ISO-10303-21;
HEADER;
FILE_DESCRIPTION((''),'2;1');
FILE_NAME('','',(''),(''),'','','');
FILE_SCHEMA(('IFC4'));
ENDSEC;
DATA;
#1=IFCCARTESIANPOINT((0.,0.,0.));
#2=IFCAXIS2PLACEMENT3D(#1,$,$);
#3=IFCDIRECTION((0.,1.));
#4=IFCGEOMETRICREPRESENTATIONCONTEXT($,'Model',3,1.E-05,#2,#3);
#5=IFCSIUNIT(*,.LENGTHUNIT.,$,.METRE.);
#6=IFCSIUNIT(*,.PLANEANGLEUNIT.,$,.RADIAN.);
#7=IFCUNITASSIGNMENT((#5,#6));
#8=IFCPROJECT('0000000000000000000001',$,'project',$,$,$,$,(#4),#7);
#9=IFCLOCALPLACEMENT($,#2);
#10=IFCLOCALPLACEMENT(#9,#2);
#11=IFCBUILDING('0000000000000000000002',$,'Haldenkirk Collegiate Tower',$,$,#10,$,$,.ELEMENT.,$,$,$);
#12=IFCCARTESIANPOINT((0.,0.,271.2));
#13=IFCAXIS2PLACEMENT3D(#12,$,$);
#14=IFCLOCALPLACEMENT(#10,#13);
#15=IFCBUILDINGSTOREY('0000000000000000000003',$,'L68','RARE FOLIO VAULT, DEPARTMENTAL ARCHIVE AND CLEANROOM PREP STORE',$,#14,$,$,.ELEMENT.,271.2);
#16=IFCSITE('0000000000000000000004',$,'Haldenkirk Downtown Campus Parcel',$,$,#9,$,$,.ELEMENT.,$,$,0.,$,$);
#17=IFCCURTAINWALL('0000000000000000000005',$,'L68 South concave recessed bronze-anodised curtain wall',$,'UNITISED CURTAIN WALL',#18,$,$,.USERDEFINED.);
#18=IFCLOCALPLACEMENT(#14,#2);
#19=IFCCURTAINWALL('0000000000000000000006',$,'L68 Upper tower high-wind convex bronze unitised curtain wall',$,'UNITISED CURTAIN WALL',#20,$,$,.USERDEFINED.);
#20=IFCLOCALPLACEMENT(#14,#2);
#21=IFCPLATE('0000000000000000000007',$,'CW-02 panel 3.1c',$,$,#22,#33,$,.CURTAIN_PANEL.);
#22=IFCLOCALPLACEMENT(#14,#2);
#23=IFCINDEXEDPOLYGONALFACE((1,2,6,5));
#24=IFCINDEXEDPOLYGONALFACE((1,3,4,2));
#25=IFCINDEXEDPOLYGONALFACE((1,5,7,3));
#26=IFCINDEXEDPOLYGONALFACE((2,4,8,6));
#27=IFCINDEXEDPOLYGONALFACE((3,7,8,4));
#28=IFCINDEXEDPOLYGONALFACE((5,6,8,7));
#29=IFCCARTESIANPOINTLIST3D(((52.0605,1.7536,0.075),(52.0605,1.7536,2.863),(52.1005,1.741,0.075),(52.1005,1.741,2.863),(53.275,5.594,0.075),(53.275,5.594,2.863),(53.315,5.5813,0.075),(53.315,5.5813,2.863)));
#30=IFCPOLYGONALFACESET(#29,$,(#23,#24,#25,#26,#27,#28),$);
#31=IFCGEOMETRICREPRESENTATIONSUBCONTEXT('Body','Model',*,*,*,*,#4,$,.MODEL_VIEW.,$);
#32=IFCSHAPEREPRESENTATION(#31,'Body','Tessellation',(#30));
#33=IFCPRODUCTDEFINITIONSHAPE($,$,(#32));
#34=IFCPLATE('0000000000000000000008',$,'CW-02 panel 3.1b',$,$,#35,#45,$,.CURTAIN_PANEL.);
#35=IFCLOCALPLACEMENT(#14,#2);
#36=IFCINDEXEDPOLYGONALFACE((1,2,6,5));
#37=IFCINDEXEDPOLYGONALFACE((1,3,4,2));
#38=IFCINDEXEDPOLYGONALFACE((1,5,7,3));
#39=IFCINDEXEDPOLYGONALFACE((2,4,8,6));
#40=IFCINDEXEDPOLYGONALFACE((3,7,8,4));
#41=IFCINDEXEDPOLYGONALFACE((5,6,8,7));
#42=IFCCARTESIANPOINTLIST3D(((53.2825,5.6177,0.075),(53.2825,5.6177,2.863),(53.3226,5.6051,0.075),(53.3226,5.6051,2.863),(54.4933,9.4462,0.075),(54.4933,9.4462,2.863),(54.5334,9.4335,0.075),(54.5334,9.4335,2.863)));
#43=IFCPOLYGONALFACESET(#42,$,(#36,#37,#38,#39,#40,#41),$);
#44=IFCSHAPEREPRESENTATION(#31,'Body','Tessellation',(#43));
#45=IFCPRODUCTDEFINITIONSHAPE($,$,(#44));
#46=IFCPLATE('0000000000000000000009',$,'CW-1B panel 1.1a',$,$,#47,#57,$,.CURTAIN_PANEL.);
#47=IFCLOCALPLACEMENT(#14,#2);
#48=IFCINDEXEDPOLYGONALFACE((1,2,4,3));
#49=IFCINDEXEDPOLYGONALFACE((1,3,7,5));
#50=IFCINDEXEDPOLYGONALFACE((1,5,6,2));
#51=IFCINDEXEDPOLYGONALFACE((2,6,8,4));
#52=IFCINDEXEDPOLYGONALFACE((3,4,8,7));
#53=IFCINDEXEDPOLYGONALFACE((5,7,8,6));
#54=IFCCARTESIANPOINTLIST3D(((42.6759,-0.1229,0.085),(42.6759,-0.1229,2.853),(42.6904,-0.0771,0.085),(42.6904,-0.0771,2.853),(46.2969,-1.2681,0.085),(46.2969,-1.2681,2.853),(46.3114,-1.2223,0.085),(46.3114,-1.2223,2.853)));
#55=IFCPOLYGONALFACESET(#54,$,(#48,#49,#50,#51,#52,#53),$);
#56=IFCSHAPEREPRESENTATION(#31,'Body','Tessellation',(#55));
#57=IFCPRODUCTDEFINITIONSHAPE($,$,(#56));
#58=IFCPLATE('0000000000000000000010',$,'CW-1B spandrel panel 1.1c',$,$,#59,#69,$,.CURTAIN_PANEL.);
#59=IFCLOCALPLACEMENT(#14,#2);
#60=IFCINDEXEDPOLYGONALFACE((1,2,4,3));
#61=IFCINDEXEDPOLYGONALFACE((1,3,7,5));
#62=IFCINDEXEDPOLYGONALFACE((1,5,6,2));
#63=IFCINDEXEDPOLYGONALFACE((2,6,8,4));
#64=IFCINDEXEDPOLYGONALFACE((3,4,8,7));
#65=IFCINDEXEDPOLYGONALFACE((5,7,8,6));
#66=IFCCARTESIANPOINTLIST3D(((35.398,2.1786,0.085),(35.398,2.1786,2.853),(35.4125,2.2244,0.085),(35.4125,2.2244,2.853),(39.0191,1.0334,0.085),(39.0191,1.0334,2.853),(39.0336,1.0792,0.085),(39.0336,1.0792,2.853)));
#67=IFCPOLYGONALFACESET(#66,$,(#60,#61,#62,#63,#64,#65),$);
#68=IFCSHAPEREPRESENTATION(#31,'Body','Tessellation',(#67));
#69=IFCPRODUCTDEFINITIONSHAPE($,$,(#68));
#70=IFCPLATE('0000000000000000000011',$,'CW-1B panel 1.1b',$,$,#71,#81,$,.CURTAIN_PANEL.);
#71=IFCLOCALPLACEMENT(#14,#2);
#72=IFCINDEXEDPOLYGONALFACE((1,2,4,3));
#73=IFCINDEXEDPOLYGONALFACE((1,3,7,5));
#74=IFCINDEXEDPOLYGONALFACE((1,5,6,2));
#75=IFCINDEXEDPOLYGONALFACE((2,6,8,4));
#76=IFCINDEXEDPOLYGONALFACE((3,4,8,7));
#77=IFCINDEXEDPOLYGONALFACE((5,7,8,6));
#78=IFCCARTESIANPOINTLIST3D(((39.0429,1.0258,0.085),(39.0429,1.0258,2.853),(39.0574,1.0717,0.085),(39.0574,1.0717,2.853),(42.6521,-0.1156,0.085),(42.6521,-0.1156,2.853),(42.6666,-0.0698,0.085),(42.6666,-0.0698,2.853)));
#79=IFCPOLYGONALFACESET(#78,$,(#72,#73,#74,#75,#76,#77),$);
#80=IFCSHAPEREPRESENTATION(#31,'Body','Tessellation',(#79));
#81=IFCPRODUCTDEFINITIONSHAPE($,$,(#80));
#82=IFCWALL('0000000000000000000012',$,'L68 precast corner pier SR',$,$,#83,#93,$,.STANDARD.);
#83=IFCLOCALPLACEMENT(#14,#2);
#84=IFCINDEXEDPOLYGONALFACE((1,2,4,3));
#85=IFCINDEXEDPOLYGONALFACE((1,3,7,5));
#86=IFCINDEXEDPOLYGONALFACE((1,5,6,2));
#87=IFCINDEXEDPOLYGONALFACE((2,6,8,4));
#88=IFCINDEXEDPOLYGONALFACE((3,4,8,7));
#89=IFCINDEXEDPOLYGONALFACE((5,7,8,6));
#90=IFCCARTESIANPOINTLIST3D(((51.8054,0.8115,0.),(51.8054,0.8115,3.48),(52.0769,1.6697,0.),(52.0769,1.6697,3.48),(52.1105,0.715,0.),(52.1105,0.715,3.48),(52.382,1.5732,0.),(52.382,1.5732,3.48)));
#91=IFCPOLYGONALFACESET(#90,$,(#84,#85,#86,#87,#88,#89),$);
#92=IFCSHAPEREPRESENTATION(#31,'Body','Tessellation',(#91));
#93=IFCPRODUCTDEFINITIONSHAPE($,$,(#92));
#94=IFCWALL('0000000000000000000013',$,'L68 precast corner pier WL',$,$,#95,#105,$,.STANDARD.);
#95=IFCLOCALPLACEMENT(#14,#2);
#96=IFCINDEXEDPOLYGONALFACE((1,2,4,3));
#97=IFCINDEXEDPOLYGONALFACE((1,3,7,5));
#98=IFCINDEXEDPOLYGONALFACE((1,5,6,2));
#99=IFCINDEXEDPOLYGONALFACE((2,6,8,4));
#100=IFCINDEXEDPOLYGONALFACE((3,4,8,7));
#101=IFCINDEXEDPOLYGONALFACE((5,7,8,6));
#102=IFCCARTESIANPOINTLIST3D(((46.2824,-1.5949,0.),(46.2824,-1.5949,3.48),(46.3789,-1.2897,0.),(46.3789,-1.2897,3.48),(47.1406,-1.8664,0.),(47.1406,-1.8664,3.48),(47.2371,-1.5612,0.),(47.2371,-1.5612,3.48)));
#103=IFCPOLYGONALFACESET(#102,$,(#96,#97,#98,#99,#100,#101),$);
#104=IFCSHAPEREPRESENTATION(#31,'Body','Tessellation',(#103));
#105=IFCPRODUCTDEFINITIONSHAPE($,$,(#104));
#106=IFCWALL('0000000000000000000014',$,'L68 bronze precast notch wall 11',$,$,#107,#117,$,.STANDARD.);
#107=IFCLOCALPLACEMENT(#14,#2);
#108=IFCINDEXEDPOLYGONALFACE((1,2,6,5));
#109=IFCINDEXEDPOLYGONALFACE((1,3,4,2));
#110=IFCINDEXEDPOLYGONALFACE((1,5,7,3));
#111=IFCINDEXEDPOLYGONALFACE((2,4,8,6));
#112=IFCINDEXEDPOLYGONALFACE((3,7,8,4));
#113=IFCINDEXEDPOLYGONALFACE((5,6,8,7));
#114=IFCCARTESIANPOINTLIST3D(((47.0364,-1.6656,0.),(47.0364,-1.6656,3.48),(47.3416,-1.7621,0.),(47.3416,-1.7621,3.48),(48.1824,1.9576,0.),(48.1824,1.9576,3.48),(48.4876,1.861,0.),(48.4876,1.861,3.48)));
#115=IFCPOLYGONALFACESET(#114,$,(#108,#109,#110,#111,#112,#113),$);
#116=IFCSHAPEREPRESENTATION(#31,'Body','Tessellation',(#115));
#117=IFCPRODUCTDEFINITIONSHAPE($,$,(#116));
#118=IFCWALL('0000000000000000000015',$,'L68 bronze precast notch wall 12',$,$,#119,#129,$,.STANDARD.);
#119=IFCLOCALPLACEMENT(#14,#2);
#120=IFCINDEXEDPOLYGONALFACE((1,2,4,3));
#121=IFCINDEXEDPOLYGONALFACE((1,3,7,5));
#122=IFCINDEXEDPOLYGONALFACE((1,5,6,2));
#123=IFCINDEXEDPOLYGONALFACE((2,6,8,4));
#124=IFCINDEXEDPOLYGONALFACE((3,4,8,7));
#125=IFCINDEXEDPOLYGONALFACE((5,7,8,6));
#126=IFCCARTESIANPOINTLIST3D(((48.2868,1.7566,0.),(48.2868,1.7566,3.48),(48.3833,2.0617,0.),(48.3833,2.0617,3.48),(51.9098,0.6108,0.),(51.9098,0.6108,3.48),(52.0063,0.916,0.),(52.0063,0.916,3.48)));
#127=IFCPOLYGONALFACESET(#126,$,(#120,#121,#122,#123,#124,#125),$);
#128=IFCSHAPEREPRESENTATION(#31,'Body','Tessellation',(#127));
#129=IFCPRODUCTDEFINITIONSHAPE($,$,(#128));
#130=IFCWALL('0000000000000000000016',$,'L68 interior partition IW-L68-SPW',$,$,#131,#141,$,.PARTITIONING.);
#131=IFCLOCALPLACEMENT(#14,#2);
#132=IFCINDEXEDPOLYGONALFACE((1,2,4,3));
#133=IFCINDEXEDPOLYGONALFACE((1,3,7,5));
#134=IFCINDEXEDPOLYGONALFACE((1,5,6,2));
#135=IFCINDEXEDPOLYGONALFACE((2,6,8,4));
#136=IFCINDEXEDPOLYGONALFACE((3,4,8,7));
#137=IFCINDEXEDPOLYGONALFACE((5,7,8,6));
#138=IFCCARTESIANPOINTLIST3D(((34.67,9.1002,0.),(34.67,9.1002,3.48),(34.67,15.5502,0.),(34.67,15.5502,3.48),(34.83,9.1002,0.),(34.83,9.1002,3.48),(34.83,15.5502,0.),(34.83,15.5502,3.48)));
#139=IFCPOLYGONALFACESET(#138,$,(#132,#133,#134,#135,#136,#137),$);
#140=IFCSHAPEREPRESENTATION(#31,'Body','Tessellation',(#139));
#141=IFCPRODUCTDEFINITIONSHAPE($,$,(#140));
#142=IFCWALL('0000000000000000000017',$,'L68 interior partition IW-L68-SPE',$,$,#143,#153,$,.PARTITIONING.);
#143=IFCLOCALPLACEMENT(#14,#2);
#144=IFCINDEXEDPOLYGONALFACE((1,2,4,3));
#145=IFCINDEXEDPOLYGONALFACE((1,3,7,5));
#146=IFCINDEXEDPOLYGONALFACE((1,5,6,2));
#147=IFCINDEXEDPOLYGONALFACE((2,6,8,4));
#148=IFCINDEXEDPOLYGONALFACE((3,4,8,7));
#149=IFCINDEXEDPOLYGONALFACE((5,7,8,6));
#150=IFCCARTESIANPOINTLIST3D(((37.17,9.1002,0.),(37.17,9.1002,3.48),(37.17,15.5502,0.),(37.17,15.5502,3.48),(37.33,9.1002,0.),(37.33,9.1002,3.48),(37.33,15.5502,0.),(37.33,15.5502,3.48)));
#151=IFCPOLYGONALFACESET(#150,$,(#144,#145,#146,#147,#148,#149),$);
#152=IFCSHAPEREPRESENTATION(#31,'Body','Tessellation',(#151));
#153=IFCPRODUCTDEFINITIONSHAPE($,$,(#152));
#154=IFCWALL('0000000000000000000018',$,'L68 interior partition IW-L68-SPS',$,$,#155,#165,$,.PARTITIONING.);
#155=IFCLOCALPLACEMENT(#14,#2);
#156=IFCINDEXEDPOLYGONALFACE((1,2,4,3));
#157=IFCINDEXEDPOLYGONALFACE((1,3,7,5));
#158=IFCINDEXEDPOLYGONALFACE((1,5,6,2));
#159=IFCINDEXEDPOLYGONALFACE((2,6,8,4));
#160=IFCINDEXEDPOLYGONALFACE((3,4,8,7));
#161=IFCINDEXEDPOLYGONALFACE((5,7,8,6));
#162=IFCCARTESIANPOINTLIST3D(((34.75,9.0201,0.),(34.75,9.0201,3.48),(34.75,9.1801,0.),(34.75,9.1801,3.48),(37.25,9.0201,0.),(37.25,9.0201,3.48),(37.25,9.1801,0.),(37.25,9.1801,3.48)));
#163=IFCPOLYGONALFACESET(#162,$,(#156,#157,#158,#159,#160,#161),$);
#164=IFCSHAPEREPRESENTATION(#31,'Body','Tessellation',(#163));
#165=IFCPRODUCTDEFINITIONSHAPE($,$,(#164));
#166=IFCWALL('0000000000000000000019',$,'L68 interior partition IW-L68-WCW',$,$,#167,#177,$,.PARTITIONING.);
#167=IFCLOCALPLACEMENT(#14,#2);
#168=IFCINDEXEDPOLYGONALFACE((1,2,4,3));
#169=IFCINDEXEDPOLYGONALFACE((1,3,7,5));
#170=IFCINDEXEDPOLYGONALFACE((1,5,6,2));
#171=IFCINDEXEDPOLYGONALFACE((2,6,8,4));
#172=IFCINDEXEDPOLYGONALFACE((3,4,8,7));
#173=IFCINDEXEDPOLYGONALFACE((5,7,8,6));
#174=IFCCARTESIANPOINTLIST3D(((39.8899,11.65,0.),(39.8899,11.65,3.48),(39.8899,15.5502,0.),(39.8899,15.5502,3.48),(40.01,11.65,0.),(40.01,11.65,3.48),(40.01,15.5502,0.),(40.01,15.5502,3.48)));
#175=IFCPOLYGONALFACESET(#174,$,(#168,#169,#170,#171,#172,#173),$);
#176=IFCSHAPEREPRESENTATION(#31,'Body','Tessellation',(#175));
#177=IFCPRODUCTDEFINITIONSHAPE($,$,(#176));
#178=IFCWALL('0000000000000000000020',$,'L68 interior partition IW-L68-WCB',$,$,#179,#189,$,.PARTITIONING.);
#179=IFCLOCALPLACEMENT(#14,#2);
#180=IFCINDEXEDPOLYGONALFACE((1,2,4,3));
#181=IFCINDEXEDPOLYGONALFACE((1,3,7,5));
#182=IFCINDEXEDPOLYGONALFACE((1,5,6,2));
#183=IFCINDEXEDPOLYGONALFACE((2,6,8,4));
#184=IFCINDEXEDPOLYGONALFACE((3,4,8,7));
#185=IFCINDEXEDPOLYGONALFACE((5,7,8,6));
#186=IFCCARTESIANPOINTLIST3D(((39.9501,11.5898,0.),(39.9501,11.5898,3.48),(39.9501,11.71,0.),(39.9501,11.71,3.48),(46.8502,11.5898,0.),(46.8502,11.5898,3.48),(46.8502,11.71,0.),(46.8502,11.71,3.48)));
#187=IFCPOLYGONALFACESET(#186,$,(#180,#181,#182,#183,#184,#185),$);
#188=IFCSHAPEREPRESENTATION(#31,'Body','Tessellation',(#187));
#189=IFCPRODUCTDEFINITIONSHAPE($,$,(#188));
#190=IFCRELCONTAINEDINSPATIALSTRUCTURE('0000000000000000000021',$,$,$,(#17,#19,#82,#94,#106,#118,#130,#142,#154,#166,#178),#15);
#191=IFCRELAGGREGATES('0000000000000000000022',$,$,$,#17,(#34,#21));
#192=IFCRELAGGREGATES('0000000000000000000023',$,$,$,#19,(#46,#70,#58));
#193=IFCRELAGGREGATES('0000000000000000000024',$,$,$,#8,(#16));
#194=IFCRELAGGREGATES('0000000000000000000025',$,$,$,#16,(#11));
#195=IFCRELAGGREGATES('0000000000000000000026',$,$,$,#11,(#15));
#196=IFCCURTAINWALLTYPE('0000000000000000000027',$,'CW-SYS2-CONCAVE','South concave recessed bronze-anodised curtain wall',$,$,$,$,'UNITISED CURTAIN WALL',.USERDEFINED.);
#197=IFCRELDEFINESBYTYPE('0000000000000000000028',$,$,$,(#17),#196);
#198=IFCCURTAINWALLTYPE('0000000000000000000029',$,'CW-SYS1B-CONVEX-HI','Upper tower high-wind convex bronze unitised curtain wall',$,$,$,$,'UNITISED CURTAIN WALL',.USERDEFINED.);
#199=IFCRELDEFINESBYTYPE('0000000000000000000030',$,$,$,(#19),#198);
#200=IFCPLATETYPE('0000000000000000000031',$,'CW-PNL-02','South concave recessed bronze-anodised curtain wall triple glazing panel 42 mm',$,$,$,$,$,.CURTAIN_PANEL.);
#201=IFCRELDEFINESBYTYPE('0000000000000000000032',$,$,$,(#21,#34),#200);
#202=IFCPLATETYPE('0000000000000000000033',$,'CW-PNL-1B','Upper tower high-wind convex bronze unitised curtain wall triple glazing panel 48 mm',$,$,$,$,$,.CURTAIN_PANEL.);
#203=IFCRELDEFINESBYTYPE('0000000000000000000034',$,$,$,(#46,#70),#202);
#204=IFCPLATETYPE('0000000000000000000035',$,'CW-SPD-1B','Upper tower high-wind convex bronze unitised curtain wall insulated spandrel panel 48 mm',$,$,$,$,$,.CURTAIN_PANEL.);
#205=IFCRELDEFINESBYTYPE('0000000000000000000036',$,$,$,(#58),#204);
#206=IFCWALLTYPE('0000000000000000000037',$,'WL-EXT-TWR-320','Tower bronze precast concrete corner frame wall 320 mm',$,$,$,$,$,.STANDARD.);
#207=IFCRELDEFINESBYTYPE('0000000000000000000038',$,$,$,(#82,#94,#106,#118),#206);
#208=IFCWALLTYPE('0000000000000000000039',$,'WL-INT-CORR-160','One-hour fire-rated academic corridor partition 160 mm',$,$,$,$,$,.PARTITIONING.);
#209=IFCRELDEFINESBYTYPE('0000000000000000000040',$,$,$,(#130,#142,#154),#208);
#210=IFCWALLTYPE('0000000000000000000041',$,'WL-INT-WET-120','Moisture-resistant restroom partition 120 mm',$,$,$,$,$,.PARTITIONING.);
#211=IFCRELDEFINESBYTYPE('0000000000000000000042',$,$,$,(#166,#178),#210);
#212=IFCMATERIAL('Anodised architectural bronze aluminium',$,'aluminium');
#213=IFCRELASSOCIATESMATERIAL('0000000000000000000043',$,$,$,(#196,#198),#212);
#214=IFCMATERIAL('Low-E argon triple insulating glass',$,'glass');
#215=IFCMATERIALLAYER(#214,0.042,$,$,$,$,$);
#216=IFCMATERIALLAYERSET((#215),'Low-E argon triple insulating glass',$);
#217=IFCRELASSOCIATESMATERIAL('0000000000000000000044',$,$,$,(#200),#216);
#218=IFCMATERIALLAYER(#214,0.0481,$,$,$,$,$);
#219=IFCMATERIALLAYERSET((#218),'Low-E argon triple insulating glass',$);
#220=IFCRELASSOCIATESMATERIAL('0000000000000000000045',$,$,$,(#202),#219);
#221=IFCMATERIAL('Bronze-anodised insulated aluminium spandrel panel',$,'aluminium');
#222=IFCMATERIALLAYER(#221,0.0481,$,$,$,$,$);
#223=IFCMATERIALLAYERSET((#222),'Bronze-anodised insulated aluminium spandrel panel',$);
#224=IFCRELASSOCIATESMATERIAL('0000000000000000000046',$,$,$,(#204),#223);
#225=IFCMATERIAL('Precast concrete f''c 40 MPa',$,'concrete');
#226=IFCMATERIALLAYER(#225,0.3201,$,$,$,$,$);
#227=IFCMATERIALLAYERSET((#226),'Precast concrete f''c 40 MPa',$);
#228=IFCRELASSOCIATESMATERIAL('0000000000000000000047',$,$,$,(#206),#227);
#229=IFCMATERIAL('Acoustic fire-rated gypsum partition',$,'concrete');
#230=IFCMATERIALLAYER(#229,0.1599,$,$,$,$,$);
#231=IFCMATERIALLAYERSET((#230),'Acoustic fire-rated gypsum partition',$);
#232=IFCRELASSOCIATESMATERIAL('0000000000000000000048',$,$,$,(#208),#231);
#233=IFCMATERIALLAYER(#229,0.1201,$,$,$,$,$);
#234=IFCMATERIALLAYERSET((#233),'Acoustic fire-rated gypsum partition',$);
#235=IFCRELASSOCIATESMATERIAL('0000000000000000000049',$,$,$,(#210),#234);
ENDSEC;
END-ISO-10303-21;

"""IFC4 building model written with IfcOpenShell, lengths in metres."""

from ifc_helpers import new_model, si_unit, direction, frame, frame_2d, origin, origin_2d, place, context, subcontext, project, spatial, rectangle, extrude, source, transform, mapped, material, layer, layer_set, type_object, element, aggregate, save


model = new_model("IFC4")

# Units and contexts
model_context = context("Model", 3, precision=1e-05, world=origin(), true_north=direction((0.0, 1.0)))
body_context = subcontext(model_context, "Body", "Model", "MODEL_VIEW")
ifc_project = project(units=[si_unit("LENGTHUNIT", "METRE"), si_unit("PLANEANGLEUNIT", "RADIAN")], contexts=[model_context])

# Site, building, storey
site_placement = place(None, origin())
site = spatial("IfcSite", under=ifc_project, at=site_placement, Name="Haldenkirk Downtown Campus Parcel", CompositionType="ELEMENT", RefElevation=0.0)
building_placement = place(site_placement, origin())
building = spatial("IfcBuilding", under=site, at=building_placement, Name="Haldenkirk Collegiate Tower", CompositionType="ELEMENT")
storey_placement = place(building_placement, frame((0.0, 0.0, 271.2)))
storey = spatial("IfcBuildingStorey", under=building, at=storey_placement, Name="L68", Description="RARE FOLIO VAULT, DEPARTMENTAL ARCHIVE AND CLEANROOM PREP STORE", CompositionType="ELEMENT", Elevation=271.2)

# Curtain wall
ifc_material_1 = material(Name="Anodised architectural bronze aluminium", Category="aluminium")
curtain_wall_type_1 = type_object("IfcCurtainWallType", Name="CW-SYS2-CONCAVE", Description="South concave recessed bronze-anodised curtain wall", ElementType="UNITISED CURTAIN WALL", PredefinedType="USERDEFINED", material=ifc_material_1)
curtain_wall_1_placement = place(storey_placement, origin())
curtain_wall_1 = element("IfcCurtainWall", 1, at=curtain_wall_1_placement, inside=storey, type_object=curtain_wall_type_1, Name="L68 South concave recessed bronze-anodised curtain wall", ObjectType="UNITISED CURTAIN WALL", PredefinedType="USERDEFINED")

# Curtain wall
curtain_wall_type_2 = type_object("IfcCurtainWallType", Name="CW-SYS1B-CONVEX-HI", Description="Upper tower high-wind convex bronze unitised curtain wall", ElementType="UNITISED CURTAIN WALL", PredefinedType="USERDEFINED", material=ifc_material_1)
curtain_wall_2_placement = place(storey_placement, origin())
curtain_wall_2 = element("IfcCurtainWall", 2, at=curtain_wall_2_placement, inside=storey, type_object=curtain_wall_type_2, Name="L68 Upper tower high-wind convex bronze unitised curtain wall", ObjectType="UNITISED CURTAIN WALL", PredefinedType="USERDEFINED")

# Plates
ifc_material_2 = material(Name="Bronze-anodised insulated aluminium spandrel panel", Category="aluminium")
shared_shape_1 = source(origin(), body_context, "Body", "SweptSolid", [
    extrude(rectangle(XDim=4.0278, YDim=0.042, at=origin_2d()), origin(), (0.0, 0.0, 1.0), 2.7881),
])
ifc_material_3 = material(Name="Low-E argon triple insulating glass", Category="glass")
ifc_layer_1 = layer(ifc_material_3, 0.042)
ifc_layer_set_1 = layer_set([ifc_layer_1], Name="Low-E argon triple insulating glass")
plate_type_1 = type_object("IfcPlateType", Name="CW-PNL-02", Description="South concave recessed bronze-anodised curtain wall triple glazing panel 42 mm", PredefinedType="CURTAIN_PANEL", material=ifc_layer_set_1)
plate_1_placement = place(storey_placement, frame((52.6877, 3.6675, 0.075), z_axis=(0.0, 0.0, 1.0), x_axis=(-0.301537, -0.953455, 0.0)))
plate_1 = element("IfcPlate", 3, at=plate_1_placement, type_object=plate_type_1, Name="CW-02 panel 3.1c", PredefinedType="CURTAIN_PANEL", context=body_context, shape_type="MappedRepresentation", body=[
    mapped(shared_shape_1, transform((0.0, 0.0, 0.0), x_axis=(1.0, 0.0, 0.0), y_axis=(0.0, 1.0, 0.0), z_axis=(0.0, 0.0, 1.0), scale=1.0)),
])
shared_shape_2 = source(origin(), body_context, "Body", "SweptSolid", [
    extrude(rectangle(XDim=4.0154, YDim=0.042, at=origin_2d()), origin(), (0.0, 0.0, 1.0), 2.7881),
])
plate_2_placement = place(storey_placement, frame((53.908, 7.5256, 0.075), z_axis=(0.0, 0.0, 1.0), x_axis=(-0.301537, -0.953455, 0.0)))
plate_2 = element("IfcPlate", 4, at=plate_2_placement, type_object=plate_type_1, Name="CW-02 panel 3.1b", PredefinedType="CURTAIN_PANEL", context=body_context, shape_type="MappedRepresentation", body=[
    mapped(shared_shape_2, transform((0.0, 0.0, 0.0), x_axis=(1.0, 0.0, 0.0), y_axis=(0.0, 1.0, 0.0), z_axis=(0.0, 0.0, 1.0), scale=1.0)),
])
aggregate(curtain_wall_1, [plate_2, plate_1])
ifc_layer_2 = layer(ifc_material_3, 0.0481)
ifc_layer_set_2 = layer_set([ifc_layer_2], Name="Low-E argon triple insulating glass")
plate_type_2 = type_object("IfcPlateType", Name="CW-PNL-1B", Description="Upper tower high-wind convex bronze unitised curtain wall triple glazing panel 48 mm", PredefinedType="CURTAIN_PANEL", material=ifc_layer_set_2)
shared_shape_3 = source(origin(), body_context, "Body", "SweptSolid", [
    extrude(rectangle(XDim=3.7979, YDim=0.0481, at=origin_2d()), origin(), (0.0, 0.0, 1.0), 2.7681),
])
plate_3_placement = place(storey_placement, frame((44.4937, -0.6726, 0.085), z_axis=(0.0, 0.0, 1.0), x_axis=(-0.953454, 0.301537, 0.0)))
plate_3 = element("IfcPlate", 5, at=plate_3_placement, type_object=plate_type_2, Name="CW-1B panel 1.1a", PredefinedType="CURTAIN_PANEL", context=body_context, shape_type="MappedRepresentation", body=[
    mapped(shared_shape_3, transform((0.0, 0.0, 0.0), x_axis=(1.0, 0.0, 0.0), y_axis=(0.0, 1.0, 0.0), z_axis=(0.0, 0.0, 1.0), scale=1.0)),
])
ifc_layer_3 = layer(ifc_material_2, 0.0481)
ifc_layer_set_3 = layer_set([ifc_layer_3], Name="Bronze-anodised insulated aluminium spandrel panel")
plate_type_3 = type_object("IfcPlateType", Name="CW-SPD-1B", Description="Upper tower high-wind convex bronze unitised curtain wall insulated spandrel panel 48 mm", PredefinedType="CURTAIN_PANEL", material=ifc_layer_set_3)
plate_4_placement = place(storey_placement, frame((37.2158, 1.6289, 0.085), z_axis=(0.0, 0.0, 1.0), x_axis=(-0.953454, 0.301537, 0.0)))
plate_4 = element("IfcPlate", 6, at=plate_4_placement, type_object=plate_type_3, Name="CW-1B spandrel panel 1.1c", PredefinedType="CURTAIN_PANEL", context=body_context, shape_type="MappedRepresentation", body=[
    mapped(shared_shape_3, transform((0.0, 0.0, 0.0), x_axis=(1.0, 0.0, 0.0), y_axis=(0.0, 1.0, 0.0), z_axis=(0.0, 0.0, 1.0), scale=1.0)),
])
shared_shape_4 = source(origin(), body_context, "Body", "SweptSolid", [
    extrude(rectangle(XDim=3.7854, YDim=0.0481, at=origin_2d()), origin(), (0.0, 0.0, 1.0), 2.7681),
])
plate_5_placement = place(storey_placement, frame((40.8547, 0.478, 0.085), z_axis=(0.0, 0.0, 1.0), x_axis=(-0.953454, 0.301537, 0.0)))
plate_5 = element("IfcPlate", 7, at=plate_5_placement, type_object=plate_type_2, Name="CW-1B panel 1.1b", PredefinedType="CURTAIN_PANEL", context=body_context, shape_type="MappedRepresentation", body=[
    mapped(shared_shape_4, transform((0.0, 0.0, 0.0), x_axis=(1.0, 0.0, 0.0), y_axis=(0.0, 1.0, 0.0), z_axis=(0.0, 0.0, 1.0), scale=1.0)),
])
aggregate(curtain_wall_2, [plate_3, plate_5, plate_4])

# Walls
ifc_material_4 = material(Name="Precast concrete f'c 40 MPa", Category="concrete")
ifc_layer_4 = layer(ifc_material_4, 0.3201)
ifc_layer_set_4 = layer_set([ifc_layer_4], Name="Precast concrete f'c 40 MPa")
wall_type_1 = type_object("IfcWallType", Name="WL-EXT-TWR-320", Description="Tower bronze precast concrete corner frame wall 320 mm", PredefinedType="STANDARD", material=ifc_layer_set_4)
for number, where, z_axis, x_axis, name in (
    (8, (52.2295, 1.6216, 0.0), (0.0, 0.0, 1.0), (-0.301625, -0.953427, 0.0), "L68 precast corner pier SR"),
    (9, (47.189, -1.7139, 0.0), (0.0, 0.0, 1.0), (-0.953427, 0.301625, 0.0), "L68 precast corner pier WL"),
):
    element("IfcWall", number, at=place(storey_placement, frame(where, z_axis=z_axis, x_axis=x_axis)), inside=storey, type_object=wall_type_1, Name=name, PredefinedType="STANDARD", context=body_context, shape_type="SweptSolid", body=[
        extrude(rectangle(XDim=0.9001, YDim=0.3201, at=frame_2d((0.4502, 0.0))), origin(), (0.0, 0.0, 1.0), 3.48),
    ])
wall_1_placement = place(storey_placement, frame((48.335, 1.9092, 0.0), z_axis=(0.0, 0.0, 1.0), x_axis=(-0.30158, -0.953441, 0.0)))
element("IfcWall", 10, at=wall_1_placement, inside=storey, type_object=wall_type_1, Name="L68 bronze precast notch wall 11", PredefinedType="STANDARD", context=body_context, shape_type="SweptSolid", body=[
    extrude(rectangle(XDim=3.8, YDim=0.3201, at=frame_2d((1.8999, 0.0))), origin(), (0.0, 0.0, 1.0), 3.48),
])
wall_2_placement = place(storey_placement, frame((51.958, 0.7634, 0.0), z_axis=(0.0, 0.0, 1.0), x_axis=(-0.953459, 0.301522, 0.0)))
element("IfcWall", 11, at=wall_2_placement, inside=storey, type_object=wall_type_1, Name="L68 bronze precast notch wall 12", PredefinedType="STANDARD", context=body_context, shape_type="SweptSolid", body=[
    extrude(rectangle(XDim=3.7998, YDim=0.3201, at=frame_2d((1.8999, 0.0))), origin(), (0.0, 0.0, 1.0), 3.48),
])
ifc_material_5 = material(Name="Acoustic fire-rated gypsum partition", Category="concrete")
ifc_layer_5 = layer(ifc_material_5, 0.1599)
ifc_layer_set_5 = layer_set([ifc_layer_5], Name="Acoustic fire-rated gypsum partition")
wall_type_2 = type_object("IfcWallType", Name="WL-INT-CORR-160", Description="One-hour fire-rated academic corridor partition 160 mm", PredefinedType="PARTITIONING", material=ifc_layer_set_5)
for number, where, z_axis, x_axis, name in (
    (12, (34.75, 9.1001, 0.0), (0.0, 0.0, 1.0), (0.0, 1.0, 0.0), "L68 interior partition IW-L68-SPW"),
    (13, (37.25, 9.1001, 0.0), (0.0, 0.0, 1.0), (0.0, 1.0, 0.0), "L68 interior partition IW-L68-SPE"),
):
    element("IfcWall", number, at=place(storey_placement, frame(where, z_axis=z_axis, x_axis=x_axis)), inside=storey, type_object=wall_type_2, Name=name, PredefinedType="PARTITIONING", context=body_context, shape_type="SweptSolid", body=[
        extrude(rectangle(XDim=6.45, YDim=0.1599, at=frame_2d((3.2251, 0.0))), origin(), (0.0, 0.0, 1.0), 3.48),
    ])
wall_3_placement = place(storey_placement, frame((34.75, 9.1001, 0.0), z_axis=(0.0, 0.0, 1.0), x_axis=(1.0, 0.0, 0.0)))
element("IfcWall", 14, at=wall_3_placement, inside=storey, type_object=wall_type_2, Name="L68 interior partition IW-L68-SPS", PredefinedType="PARTITIONING", context=body_context, shape_type="SweptSolid", body=[
    extrude(rectangle(XDim=2.5, YDim=0.1599, at=frame_2d((1.25, 0.0))), origin(), (0.0, 0.0, 1.0), 3.48),
])
ifc_layer_6 = layer(ifc_material_5, 0.1201)
ifc_layer_set_6 = layer_set([ifc_layer_6], Name="Acoustic fire-rated gypsum partition")
wall_type_3 = type_object("IfcWallType", Name="WL-INT-WET-120", Description="Moisture-resistant restroom partition 120 mm", PredefinedType="PARTITIONING", material=ifc_layer_set_6)
wall_4_placement = place(storey_placement, frame((39.95, 11.6499, 0.0), z_axis=(0.0, 0.0, 1.0), x_axis=(0.0, 1.0, 0.0)))
element("IfcWall", 15, at=wall_4_placement, inside=storey, type_object=wall_type_3, Name="L68 interior partition IW-L68-WCW", PredefinedType="PARTITIONING", context=body_context, shape_type="SweptSolid", body=[
    extrude(rectangle(XDim=3.9001, YDim=0.1201, at=frame_2d((1.9502, 0.0))), origin(), (0.0, 0.0, 1.0), 3.48),
])
wall_5_placement = place(storey_placement, frame((39.95, 11.6499, 0.0), z_axis=(0.0, 0.0, 1.0), x_axis=(1.0, 0.0, 0.0)))
element("IfcWall", 16, at=wall_5_placement, inside=storey, type_object=wall_type_3, Name="L68 interior partition IW-L68-WCB", PredefinedType="PARTITIONING", context=body_context, shape_type="SweptSolid", body=[
    extrude(rectangle(XDim=6.9001, YDim=0.1201, at=frame_2d((3.4502, 0.0))), origin(), (0.0, 0.0, 1.0), 3.48),
])

save(model, "model.ifc")
